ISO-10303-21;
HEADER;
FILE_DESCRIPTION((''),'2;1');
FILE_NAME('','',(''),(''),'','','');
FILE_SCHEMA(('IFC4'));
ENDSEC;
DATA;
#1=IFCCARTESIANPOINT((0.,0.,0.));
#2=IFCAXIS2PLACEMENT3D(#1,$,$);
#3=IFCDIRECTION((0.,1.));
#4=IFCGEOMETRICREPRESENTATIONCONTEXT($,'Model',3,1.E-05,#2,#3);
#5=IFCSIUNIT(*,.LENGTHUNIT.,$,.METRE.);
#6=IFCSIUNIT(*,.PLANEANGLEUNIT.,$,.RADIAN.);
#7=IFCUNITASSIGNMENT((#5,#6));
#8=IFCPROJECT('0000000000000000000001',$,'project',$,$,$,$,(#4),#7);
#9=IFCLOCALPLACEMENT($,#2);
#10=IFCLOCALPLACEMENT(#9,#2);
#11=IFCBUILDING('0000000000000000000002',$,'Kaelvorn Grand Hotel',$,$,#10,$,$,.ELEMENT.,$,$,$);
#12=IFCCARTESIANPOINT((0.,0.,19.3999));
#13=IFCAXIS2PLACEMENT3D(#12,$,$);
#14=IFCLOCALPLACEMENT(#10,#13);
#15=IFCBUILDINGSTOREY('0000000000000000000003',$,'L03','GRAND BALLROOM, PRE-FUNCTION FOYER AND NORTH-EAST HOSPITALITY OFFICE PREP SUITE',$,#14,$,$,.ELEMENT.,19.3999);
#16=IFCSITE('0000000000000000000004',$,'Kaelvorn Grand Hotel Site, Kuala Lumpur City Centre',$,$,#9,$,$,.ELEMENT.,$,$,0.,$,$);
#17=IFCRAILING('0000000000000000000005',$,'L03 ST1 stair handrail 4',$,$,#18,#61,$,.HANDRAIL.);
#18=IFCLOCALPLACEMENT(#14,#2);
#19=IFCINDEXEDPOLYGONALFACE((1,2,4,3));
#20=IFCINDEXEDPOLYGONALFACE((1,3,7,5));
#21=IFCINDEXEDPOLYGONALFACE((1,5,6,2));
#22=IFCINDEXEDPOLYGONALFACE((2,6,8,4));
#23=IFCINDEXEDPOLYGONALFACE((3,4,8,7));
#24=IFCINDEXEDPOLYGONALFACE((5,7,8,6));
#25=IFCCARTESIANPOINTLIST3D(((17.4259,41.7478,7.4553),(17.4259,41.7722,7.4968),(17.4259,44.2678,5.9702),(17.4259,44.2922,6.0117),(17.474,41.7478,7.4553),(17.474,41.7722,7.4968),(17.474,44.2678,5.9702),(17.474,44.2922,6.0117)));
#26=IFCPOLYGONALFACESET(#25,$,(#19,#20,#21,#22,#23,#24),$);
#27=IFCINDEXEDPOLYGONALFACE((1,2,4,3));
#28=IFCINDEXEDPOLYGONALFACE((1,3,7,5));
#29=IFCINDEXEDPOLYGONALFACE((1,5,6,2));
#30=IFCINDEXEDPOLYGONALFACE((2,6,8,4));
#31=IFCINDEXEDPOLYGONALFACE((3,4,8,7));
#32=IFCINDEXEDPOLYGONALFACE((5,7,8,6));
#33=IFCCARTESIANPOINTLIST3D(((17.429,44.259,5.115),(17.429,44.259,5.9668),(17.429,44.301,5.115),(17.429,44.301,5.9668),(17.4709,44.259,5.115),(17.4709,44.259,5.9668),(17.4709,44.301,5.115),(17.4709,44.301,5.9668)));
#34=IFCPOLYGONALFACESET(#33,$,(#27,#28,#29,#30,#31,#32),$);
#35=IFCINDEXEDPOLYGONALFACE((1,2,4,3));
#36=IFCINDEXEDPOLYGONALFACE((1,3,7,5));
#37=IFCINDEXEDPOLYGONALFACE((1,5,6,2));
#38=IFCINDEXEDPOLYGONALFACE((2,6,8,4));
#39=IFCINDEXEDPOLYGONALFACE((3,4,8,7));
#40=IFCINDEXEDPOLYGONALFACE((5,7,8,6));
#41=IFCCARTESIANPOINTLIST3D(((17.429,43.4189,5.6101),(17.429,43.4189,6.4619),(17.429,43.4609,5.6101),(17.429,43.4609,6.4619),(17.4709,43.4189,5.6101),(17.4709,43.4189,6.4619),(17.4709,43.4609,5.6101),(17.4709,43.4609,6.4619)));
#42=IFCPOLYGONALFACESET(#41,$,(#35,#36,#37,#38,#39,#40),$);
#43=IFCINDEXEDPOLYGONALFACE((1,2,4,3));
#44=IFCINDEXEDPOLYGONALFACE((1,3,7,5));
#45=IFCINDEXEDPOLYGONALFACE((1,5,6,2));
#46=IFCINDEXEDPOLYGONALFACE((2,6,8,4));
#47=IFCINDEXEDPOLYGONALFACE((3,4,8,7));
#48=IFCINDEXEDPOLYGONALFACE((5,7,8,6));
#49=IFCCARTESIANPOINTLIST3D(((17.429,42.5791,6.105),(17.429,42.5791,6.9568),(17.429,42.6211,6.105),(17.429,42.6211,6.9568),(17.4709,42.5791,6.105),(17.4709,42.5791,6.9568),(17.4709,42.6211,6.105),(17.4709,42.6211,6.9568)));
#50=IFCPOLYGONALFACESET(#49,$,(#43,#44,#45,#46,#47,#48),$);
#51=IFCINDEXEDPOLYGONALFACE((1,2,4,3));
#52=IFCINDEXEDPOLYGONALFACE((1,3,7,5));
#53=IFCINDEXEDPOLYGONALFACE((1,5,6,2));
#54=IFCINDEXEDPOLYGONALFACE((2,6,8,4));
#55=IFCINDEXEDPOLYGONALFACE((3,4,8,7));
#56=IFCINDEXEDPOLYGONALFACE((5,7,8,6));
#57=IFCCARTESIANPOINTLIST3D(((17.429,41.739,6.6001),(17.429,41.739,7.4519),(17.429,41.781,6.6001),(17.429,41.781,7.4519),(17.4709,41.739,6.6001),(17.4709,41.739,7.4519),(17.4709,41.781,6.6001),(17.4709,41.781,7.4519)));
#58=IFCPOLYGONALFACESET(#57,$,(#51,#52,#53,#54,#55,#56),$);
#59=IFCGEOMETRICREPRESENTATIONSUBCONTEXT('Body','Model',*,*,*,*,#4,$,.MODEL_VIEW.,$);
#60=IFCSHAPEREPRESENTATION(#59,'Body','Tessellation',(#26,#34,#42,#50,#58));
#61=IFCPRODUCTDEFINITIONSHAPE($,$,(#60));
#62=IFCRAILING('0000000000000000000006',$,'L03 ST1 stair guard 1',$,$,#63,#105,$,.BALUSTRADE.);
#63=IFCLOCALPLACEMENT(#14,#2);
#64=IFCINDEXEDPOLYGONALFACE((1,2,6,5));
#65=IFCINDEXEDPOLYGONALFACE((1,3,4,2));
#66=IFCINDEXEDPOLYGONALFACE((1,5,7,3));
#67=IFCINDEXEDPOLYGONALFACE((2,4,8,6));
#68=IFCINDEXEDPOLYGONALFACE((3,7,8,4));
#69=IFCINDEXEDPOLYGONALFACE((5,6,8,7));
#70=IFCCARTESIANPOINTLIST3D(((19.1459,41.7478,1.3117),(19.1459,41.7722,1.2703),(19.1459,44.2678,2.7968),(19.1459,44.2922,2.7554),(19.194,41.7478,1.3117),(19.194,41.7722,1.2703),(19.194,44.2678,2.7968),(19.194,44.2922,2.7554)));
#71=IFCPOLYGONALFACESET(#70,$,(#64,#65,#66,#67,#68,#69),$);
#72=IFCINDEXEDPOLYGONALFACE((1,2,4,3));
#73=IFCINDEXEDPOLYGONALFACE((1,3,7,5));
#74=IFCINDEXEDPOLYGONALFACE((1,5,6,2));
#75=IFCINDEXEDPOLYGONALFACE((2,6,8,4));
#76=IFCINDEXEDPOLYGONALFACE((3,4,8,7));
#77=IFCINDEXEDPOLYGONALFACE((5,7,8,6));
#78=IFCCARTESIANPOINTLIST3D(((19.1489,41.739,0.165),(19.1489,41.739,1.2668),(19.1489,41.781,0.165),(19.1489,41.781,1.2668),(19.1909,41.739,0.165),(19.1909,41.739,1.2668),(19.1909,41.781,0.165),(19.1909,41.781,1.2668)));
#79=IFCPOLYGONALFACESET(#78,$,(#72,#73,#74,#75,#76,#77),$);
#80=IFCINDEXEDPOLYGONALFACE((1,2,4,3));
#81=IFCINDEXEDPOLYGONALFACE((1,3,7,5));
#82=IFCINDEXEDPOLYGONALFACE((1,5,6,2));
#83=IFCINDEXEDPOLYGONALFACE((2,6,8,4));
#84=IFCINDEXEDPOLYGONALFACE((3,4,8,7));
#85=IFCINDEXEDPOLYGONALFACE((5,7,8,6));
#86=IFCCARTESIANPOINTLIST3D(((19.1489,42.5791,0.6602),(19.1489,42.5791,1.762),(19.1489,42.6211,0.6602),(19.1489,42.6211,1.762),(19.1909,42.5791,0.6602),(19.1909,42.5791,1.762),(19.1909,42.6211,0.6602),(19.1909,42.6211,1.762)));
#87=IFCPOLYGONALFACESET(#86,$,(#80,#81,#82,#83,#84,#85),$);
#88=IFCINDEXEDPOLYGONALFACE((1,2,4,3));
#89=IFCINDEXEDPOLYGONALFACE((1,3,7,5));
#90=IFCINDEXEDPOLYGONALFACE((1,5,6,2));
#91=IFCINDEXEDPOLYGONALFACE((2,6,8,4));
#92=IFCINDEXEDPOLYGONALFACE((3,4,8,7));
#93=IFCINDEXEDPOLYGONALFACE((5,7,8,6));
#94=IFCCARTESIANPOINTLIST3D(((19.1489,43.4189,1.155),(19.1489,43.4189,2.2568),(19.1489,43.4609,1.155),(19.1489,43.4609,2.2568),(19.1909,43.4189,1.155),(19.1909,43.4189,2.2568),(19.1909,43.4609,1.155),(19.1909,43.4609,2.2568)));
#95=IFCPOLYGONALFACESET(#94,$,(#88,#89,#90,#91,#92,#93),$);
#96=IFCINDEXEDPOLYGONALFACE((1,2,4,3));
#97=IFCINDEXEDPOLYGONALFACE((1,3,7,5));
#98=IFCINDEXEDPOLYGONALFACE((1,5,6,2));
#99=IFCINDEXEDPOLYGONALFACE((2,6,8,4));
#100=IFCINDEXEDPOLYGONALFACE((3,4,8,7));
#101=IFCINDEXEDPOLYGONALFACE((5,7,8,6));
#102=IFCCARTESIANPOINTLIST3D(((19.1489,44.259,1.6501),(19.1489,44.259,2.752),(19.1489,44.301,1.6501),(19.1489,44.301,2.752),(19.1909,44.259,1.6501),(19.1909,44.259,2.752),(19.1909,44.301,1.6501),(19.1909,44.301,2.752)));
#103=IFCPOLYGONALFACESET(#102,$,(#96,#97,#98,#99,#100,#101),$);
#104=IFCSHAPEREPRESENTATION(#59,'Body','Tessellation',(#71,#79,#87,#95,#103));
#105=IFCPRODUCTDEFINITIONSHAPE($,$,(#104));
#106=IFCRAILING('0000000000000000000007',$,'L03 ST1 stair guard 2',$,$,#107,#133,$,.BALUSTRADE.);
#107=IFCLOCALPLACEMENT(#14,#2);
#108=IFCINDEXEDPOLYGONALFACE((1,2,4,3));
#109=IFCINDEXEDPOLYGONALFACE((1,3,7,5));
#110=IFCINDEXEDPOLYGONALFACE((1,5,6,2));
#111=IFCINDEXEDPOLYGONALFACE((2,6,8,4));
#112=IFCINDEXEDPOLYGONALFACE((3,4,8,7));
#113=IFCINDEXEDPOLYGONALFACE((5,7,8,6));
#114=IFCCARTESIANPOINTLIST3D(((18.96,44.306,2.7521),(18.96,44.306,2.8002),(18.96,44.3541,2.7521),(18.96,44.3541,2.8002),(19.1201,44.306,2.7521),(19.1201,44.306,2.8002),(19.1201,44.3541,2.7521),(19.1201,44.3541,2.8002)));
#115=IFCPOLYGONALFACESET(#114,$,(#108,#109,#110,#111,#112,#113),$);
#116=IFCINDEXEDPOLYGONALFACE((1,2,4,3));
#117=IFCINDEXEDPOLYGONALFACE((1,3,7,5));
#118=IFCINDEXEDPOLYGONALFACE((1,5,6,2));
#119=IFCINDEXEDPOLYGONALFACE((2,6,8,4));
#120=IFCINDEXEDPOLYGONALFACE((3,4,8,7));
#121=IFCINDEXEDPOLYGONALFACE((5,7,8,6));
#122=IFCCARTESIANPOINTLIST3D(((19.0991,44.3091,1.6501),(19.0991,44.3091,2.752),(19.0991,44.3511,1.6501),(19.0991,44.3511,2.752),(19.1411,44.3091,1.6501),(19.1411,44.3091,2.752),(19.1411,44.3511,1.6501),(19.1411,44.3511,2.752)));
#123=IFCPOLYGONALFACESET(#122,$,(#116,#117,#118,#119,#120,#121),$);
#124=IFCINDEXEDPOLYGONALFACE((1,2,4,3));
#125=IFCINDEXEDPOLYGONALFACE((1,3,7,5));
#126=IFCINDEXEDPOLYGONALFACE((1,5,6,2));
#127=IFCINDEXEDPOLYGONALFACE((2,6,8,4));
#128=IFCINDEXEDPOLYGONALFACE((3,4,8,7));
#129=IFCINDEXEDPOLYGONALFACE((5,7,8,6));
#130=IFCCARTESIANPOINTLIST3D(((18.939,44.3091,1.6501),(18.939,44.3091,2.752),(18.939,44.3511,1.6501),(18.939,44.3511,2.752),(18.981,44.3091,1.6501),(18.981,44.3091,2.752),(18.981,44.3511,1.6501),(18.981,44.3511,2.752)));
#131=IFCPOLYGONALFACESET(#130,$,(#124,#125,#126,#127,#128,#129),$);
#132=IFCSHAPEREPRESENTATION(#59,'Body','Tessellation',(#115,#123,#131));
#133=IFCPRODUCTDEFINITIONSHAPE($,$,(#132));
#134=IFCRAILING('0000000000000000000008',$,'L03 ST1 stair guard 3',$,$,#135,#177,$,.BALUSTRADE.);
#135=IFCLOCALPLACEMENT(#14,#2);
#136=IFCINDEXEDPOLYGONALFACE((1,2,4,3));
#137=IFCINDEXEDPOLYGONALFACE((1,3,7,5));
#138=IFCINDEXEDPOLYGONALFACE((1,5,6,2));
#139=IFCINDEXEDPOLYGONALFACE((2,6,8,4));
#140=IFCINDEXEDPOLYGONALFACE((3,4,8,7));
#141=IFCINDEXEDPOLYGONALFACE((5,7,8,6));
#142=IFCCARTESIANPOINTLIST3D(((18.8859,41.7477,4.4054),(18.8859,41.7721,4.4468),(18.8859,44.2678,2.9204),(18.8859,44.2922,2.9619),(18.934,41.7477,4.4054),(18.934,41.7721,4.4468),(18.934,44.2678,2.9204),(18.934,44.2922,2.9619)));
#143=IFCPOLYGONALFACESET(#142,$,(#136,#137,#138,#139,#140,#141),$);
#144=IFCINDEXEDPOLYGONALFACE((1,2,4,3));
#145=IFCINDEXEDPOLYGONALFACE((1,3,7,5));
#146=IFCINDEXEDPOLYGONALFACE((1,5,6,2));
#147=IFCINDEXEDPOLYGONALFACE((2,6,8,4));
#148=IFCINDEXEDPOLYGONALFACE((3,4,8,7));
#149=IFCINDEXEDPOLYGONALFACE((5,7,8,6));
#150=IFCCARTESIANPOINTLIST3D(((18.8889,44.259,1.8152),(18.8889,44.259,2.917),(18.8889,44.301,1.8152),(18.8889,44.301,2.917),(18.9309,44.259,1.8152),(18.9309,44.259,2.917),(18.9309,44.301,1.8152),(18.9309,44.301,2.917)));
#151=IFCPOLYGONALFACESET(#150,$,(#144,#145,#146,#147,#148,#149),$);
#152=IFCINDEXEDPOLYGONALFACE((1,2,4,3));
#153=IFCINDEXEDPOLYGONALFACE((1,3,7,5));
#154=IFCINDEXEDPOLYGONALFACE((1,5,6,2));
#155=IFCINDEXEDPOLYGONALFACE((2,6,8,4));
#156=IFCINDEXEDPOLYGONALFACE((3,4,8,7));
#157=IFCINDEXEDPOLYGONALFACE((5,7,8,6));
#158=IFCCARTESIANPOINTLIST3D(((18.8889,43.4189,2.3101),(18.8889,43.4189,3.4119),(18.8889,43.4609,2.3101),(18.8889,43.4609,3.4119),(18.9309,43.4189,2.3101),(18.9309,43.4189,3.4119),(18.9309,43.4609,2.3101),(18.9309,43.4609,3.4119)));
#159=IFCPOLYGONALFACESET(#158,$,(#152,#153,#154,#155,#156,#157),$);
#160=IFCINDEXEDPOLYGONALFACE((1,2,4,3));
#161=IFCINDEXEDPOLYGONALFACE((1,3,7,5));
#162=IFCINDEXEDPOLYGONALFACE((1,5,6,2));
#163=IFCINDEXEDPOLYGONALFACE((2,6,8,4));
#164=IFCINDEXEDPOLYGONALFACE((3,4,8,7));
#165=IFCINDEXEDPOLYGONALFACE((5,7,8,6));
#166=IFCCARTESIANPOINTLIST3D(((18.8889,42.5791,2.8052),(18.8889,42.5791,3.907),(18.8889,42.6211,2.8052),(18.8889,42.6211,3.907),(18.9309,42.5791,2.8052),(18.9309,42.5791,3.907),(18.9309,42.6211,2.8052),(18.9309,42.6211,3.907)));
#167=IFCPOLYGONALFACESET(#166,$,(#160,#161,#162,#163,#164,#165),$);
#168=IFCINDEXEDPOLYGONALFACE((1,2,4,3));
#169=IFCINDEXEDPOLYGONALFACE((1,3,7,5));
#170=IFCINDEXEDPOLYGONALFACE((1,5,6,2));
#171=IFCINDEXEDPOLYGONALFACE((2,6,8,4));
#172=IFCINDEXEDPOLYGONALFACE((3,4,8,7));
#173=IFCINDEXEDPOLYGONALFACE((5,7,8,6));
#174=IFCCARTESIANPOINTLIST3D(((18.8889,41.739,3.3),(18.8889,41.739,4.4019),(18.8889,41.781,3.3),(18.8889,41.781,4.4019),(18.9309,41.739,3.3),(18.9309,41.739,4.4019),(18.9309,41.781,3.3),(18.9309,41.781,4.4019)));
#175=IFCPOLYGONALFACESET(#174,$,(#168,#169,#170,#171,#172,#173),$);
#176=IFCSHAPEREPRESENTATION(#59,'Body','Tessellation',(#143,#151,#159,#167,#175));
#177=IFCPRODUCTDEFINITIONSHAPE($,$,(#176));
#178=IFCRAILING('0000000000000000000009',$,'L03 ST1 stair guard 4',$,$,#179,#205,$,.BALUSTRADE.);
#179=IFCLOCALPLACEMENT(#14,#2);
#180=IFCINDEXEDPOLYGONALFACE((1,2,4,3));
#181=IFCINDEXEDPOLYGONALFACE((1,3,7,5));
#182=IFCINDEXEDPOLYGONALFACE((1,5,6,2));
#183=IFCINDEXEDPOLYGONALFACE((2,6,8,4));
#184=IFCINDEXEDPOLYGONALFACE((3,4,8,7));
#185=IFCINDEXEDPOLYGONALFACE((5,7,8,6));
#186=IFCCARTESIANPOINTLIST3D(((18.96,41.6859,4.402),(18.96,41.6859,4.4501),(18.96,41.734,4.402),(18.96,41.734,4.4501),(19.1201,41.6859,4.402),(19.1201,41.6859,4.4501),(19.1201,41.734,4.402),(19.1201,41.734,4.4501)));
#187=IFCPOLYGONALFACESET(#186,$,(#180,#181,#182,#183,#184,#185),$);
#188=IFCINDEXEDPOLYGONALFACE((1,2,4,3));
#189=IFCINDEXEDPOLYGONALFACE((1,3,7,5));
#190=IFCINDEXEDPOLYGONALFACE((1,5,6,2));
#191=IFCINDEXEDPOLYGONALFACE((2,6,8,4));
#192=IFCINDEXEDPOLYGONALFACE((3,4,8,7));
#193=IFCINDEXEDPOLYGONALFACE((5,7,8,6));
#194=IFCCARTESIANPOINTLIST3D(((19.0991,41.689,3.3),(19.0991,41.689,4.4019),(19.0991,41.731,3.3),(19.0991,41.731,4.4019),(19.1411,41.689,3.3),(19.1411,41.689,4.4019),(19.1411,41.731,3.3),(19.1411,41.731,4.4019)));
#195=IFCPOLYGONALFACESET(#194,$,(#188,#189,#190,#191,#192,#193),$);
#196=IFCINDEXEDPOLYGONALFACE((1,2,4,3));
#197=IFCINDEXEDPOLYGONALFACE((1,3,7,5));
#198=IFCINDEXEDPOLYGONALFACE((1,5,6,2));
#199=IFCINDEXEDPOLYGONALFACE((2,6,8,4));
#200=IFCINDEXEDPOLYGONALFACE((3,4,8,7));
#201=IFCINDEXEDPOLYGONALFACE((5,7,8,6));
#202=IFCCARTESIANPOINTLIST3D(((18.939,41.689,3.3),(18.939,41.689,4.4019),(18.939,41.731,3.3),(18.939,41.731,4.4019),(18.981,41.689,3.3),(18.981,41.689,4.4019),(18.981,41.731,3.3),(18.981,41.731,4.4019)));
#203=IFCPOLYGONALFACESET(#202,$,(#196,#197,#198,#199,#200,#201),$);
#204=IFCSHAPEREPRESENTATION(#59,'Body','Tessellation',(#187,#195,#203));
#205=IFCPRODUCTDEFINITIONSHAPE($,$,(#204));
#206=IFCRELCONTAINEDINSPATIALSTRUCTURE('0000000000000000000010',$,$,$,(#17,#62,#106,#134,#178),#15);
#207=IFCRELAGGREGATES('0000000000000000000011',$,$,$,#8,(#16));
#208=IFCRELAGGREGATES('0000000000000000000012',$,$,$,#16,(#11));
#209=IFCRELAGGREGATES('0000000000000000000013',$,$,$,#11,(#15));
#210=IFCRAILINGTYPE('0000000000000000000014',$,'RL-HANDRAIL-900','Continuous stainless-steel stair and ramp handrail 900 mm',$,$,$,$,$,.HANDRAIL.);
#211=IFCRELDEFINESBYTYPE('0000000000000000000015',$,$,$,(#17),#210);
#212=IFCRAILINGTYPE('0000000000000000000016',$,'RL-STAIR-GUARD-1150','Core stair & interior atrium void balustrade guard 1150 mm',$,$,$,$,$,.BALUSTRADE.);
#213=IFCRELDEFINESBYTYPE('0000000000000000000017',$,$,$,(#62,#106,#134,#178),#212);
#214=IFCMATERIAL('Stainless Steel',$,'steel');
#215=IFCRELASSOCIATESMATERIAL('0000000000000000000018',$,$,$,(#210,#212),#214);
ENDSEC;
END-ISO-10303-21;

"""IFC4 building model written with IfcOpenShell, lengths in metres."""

from ifc_helpers import new_model, si_unit, direction, frame, origin, origin_2d, place, context, subcontext, project, spatial, rectangle, extrude, material, type_object, element, save


model = new_model("IFC4")

# Units and contexts
model_context = context("Model", 3, precision=1e-05, world=origin(), true_north=direction((0.0, 1.0)))
body_context = subcontext(model_context, "Body", "Model", "MODEL_VIEW")
ifc_project = project(units=[si_unit("LENGTHUNIT", "METRE"), si_unit("PLANEANGLEUNIT", "RADIAN")], contexts=[model_context])

# Site, building, storey
site_placement = place(None, origin())
site = spatial("IfcSite", under=ifc_project, at=site_placement, Name="Kaelvorn Grand Hotel Site, Kuala Lumpur City Centre", CompositionType="ELEMENT", RefElevation=0.0)
building_placement = place(site_placement, origin())
building = spatial("IfcBuilding", under=site, at=building_placement, Name="Kaelvorn Grand Hotel", CompositionType="ELEMENT")
storey_placement = place(building_placement, frame((0.0, 0.0, 19.3999)))
storey = spatial("IfcBuildingStorey", under=building, at=storey_placement, Name="L03", Description="GRAND BALLROOM, PRE-FUNCTION FOYER AND NORTH-EAST HOSPITALITY OFFICE PREP SUITE", CompositionType="ELEMENT", Elevation=19.3999)

# Railings
ifc_material_1 = material(Name="Stainless Steel", Category="steel")
railing_type_1 = type_object("IfcRailingType", Name="RL-HANDRAIL-900", Description="Continuous stainless-steel stair and ramp handrail 900 mm", PredefinedType="HANDRAIL", material=ifc_material_1)
railing_1_placement = place(storey_placement, frame((17.45, 44.28, 5.115)))
element("IfcRailing", 1, at=railing_1_placement, inside=storey, type_object=railing_type_1, Name="L03 ST1 stair handrail 4", PredefinedType="HANDRAIL", context=body_context, shape_type="SweptSolid", body=[
    extrude(rectangle(XDim=0.0481, YDim=0.0481, at=origin_2d()), frame((0.0, 0.0, 0.876), z_axis=(0.0, -0.861524, 0.507717), x_axis=(1.0, 0.0, 0.0)), (0.0, 0.0, 1.0), 2.925),
    extrude(rectangle(XDim=0.042, YDim=0.042, at=origin_2d()), origin(), (0.0, 0.0, 1.0), 0.8518),
    extrude(rectangle(XDim=0.042, YDim=0.042, at=origin_2d()), frame((0.0, -0.8401, 0.4951)), (0.0, 0.0, 1.0), 0.8518),
    extrude(rectangle(XDim=0.042, YDim=0.042, at=origin_2d()), frame((0.0, -1.6799, 0.99)), (0.0, 0.0, 1.0), 0.8518),
    extrude(rectangle(XDim=0.042, YDim=0.042, at=origin_2d()), frame((0.0, -2.52, 1.4851)), (0.0, 0.0, 1.0), 0.8518),
])
railing_type_2 = type_object("IfcRailingType", Name="RL-STAIR-GUARD-1150", Description="Core stair & interior atrium void balustrade guard 1150 mm", PredefinedType="BALUSTRADE", material=ifc_material_1)
railing_2_placement = place(storey_placement, frame((19.1699, 41.76, 0.165)))
element("IfcRailing", 2, at=railing_2_placement, inside=storey, type_object=railing_type_2, Name="L03 ST1 stair guard 1", PredefinedType="BALUSTRADE", context=body_context, shape_type="SweptSolid", body=[
    extrude(rectangle(XDim=0.0481, YDim=0.0481, at=origin_2d()), frame((0.0, 0.0, 1.126), z_axis=(0.0, 0.861524, 0.507717), x_axis=(-1.0, 0.0, 0.0)), (0.0, 0.0, 1.0), 2.925),
    extrude(rectangle(XDim=0.042, YDim=0.042, at=origin_2d()), origin(), (0.0, 0.0, 1.0), 1.1018),
    extrude(rectangle(XDim=0.042, YDim=0.042, at=origin_2d()), frame((0.0, 0.8401, 0.4951)), (0.0, 0.0, 1.0), 1.1018),
    extrude(rectangle(XDim=0.042, YDim=0.042, at=origin_2d()), frame((0.0, 1.6799, 0.99)), (0.0, 0.0, 1.0), 1.1018),
    extrude(rectangle(XDim=0.042, YDim=0.042, at=origin_2d()), frame((0.0, 2.52, 1.4851)), (0.0, 0.0, 1.0), 1.1018),
])
railing_3_placement = place(storey_placement, frame((19.1201, 44.3301, 1.6501)))
element("IfcRailing", 3, at=railing_3_placement, inside=storey, type_object=railing_type_2, Name="L03 ST1 stair guard 2", PredefinedType="BALUSTRADE", context=body_context, shape_type="SweptSolid", body=[
    extrude(rectangle(XDim=0.0481, YDim=0.0481, at=origin_2d()), frame((0.0, 0.0, 1.126), z_axis=(-1.0, 0.0, 0.0), x_axis=(0.0, -1.0, 0.0)), (0.0, 0.0, 1.0), 0.1602),
    extrude(rectangle(XDim=0.042, YDim=0.042, at=origin_2d()), origin(), (0.0, 0.0, 1.0), 1.1018),
    extrude(rectangle(XDim=0.042, YDim=0.042, at=origin_2d()), frame((-0.1602, 0.0, 0.0)), (0.0, 0.0, 1.0), 1.1018),
])
railing_4_placement = place(storey_placement, frame((18.9099, 44.28, 1.8152)))
element("IfcRailing", 4, at=railing_4_placement, inside=storey, type_object=railing_type_2, Name="L03 ST1 stair guard 3", PredefinedType="BALUSTRADE", context=body_context, shape_type="SweptSolid", body=[
    extrude(rectangle(XDim=0.0481, YDim=0.0481, at=origin_2d()), frame((0.0, 0.0, 1.126), z_axis=(0.0, -0.861561, 0.507655), x_axis=(1.0, 0.0, 0.0)), (0.0, 0.0, 1.0), 2.925),
    extrude(rectangle(XDim=0.042, YDim=0.042, at=origin_2d()), origin(), (0.0, 0.0, 1.0), 1.1018),
    extrude(rectangle(XDim=0.042, YDim=0.042, at=origin_2d()), frame((0.0, -0.8401, 0.4949)), (0.0, 0.0, 1.0), 1.1018),
    extrude(rectangle(XDim=0.042, YDim=0.042, at=origin_2d()), frame((0.0, -1.6799, 0.99)), (0.0, 0.0, 1.0), 1.1018),
    extrude(rectangle(XDim=0.042, YDim=0.042, at=origin_2d()), frame((0.0, -2.52, 1.4849)), (0.0, 0.0, 1.0), 1.1018),
])
railing_5_placement = place(storey_placement, frame((19.1201, 41.71, 3.3)))
element("IfcRailing", 5, at=railing_5_placement, inside=storey, type_object=railing_type_2, Name="L03 ST1 stair guard 4", PredefinedType="BALUSTRADE", context=body_context, shape_type="SweptSolid", body=[
    extrude(rectangle(XDim=0.0481, YDim=0.0481, at=origin_2d()), frame((0.0, 0.0, 1.126), z_axis=(-1.0, 0.0, 0.0), x_axis=(0.0, -1.0, 0.0)), (0.0, 0.0, 1.0), 0.1602),
    extrude(rectangle(XDim=0.042, YDim=0.042, at=origin_2d()), origin(), (0.0, 0.0, 1.0), 1.1018),
    extrude(rectangle(XDim=0.042, YDim=0.042, at=origin_2d()), frame((-0.1602, 0.0, 0.0)), (0.0, 0.0, 1.0), 1.1018),
])

save(model, "model.ifc")
